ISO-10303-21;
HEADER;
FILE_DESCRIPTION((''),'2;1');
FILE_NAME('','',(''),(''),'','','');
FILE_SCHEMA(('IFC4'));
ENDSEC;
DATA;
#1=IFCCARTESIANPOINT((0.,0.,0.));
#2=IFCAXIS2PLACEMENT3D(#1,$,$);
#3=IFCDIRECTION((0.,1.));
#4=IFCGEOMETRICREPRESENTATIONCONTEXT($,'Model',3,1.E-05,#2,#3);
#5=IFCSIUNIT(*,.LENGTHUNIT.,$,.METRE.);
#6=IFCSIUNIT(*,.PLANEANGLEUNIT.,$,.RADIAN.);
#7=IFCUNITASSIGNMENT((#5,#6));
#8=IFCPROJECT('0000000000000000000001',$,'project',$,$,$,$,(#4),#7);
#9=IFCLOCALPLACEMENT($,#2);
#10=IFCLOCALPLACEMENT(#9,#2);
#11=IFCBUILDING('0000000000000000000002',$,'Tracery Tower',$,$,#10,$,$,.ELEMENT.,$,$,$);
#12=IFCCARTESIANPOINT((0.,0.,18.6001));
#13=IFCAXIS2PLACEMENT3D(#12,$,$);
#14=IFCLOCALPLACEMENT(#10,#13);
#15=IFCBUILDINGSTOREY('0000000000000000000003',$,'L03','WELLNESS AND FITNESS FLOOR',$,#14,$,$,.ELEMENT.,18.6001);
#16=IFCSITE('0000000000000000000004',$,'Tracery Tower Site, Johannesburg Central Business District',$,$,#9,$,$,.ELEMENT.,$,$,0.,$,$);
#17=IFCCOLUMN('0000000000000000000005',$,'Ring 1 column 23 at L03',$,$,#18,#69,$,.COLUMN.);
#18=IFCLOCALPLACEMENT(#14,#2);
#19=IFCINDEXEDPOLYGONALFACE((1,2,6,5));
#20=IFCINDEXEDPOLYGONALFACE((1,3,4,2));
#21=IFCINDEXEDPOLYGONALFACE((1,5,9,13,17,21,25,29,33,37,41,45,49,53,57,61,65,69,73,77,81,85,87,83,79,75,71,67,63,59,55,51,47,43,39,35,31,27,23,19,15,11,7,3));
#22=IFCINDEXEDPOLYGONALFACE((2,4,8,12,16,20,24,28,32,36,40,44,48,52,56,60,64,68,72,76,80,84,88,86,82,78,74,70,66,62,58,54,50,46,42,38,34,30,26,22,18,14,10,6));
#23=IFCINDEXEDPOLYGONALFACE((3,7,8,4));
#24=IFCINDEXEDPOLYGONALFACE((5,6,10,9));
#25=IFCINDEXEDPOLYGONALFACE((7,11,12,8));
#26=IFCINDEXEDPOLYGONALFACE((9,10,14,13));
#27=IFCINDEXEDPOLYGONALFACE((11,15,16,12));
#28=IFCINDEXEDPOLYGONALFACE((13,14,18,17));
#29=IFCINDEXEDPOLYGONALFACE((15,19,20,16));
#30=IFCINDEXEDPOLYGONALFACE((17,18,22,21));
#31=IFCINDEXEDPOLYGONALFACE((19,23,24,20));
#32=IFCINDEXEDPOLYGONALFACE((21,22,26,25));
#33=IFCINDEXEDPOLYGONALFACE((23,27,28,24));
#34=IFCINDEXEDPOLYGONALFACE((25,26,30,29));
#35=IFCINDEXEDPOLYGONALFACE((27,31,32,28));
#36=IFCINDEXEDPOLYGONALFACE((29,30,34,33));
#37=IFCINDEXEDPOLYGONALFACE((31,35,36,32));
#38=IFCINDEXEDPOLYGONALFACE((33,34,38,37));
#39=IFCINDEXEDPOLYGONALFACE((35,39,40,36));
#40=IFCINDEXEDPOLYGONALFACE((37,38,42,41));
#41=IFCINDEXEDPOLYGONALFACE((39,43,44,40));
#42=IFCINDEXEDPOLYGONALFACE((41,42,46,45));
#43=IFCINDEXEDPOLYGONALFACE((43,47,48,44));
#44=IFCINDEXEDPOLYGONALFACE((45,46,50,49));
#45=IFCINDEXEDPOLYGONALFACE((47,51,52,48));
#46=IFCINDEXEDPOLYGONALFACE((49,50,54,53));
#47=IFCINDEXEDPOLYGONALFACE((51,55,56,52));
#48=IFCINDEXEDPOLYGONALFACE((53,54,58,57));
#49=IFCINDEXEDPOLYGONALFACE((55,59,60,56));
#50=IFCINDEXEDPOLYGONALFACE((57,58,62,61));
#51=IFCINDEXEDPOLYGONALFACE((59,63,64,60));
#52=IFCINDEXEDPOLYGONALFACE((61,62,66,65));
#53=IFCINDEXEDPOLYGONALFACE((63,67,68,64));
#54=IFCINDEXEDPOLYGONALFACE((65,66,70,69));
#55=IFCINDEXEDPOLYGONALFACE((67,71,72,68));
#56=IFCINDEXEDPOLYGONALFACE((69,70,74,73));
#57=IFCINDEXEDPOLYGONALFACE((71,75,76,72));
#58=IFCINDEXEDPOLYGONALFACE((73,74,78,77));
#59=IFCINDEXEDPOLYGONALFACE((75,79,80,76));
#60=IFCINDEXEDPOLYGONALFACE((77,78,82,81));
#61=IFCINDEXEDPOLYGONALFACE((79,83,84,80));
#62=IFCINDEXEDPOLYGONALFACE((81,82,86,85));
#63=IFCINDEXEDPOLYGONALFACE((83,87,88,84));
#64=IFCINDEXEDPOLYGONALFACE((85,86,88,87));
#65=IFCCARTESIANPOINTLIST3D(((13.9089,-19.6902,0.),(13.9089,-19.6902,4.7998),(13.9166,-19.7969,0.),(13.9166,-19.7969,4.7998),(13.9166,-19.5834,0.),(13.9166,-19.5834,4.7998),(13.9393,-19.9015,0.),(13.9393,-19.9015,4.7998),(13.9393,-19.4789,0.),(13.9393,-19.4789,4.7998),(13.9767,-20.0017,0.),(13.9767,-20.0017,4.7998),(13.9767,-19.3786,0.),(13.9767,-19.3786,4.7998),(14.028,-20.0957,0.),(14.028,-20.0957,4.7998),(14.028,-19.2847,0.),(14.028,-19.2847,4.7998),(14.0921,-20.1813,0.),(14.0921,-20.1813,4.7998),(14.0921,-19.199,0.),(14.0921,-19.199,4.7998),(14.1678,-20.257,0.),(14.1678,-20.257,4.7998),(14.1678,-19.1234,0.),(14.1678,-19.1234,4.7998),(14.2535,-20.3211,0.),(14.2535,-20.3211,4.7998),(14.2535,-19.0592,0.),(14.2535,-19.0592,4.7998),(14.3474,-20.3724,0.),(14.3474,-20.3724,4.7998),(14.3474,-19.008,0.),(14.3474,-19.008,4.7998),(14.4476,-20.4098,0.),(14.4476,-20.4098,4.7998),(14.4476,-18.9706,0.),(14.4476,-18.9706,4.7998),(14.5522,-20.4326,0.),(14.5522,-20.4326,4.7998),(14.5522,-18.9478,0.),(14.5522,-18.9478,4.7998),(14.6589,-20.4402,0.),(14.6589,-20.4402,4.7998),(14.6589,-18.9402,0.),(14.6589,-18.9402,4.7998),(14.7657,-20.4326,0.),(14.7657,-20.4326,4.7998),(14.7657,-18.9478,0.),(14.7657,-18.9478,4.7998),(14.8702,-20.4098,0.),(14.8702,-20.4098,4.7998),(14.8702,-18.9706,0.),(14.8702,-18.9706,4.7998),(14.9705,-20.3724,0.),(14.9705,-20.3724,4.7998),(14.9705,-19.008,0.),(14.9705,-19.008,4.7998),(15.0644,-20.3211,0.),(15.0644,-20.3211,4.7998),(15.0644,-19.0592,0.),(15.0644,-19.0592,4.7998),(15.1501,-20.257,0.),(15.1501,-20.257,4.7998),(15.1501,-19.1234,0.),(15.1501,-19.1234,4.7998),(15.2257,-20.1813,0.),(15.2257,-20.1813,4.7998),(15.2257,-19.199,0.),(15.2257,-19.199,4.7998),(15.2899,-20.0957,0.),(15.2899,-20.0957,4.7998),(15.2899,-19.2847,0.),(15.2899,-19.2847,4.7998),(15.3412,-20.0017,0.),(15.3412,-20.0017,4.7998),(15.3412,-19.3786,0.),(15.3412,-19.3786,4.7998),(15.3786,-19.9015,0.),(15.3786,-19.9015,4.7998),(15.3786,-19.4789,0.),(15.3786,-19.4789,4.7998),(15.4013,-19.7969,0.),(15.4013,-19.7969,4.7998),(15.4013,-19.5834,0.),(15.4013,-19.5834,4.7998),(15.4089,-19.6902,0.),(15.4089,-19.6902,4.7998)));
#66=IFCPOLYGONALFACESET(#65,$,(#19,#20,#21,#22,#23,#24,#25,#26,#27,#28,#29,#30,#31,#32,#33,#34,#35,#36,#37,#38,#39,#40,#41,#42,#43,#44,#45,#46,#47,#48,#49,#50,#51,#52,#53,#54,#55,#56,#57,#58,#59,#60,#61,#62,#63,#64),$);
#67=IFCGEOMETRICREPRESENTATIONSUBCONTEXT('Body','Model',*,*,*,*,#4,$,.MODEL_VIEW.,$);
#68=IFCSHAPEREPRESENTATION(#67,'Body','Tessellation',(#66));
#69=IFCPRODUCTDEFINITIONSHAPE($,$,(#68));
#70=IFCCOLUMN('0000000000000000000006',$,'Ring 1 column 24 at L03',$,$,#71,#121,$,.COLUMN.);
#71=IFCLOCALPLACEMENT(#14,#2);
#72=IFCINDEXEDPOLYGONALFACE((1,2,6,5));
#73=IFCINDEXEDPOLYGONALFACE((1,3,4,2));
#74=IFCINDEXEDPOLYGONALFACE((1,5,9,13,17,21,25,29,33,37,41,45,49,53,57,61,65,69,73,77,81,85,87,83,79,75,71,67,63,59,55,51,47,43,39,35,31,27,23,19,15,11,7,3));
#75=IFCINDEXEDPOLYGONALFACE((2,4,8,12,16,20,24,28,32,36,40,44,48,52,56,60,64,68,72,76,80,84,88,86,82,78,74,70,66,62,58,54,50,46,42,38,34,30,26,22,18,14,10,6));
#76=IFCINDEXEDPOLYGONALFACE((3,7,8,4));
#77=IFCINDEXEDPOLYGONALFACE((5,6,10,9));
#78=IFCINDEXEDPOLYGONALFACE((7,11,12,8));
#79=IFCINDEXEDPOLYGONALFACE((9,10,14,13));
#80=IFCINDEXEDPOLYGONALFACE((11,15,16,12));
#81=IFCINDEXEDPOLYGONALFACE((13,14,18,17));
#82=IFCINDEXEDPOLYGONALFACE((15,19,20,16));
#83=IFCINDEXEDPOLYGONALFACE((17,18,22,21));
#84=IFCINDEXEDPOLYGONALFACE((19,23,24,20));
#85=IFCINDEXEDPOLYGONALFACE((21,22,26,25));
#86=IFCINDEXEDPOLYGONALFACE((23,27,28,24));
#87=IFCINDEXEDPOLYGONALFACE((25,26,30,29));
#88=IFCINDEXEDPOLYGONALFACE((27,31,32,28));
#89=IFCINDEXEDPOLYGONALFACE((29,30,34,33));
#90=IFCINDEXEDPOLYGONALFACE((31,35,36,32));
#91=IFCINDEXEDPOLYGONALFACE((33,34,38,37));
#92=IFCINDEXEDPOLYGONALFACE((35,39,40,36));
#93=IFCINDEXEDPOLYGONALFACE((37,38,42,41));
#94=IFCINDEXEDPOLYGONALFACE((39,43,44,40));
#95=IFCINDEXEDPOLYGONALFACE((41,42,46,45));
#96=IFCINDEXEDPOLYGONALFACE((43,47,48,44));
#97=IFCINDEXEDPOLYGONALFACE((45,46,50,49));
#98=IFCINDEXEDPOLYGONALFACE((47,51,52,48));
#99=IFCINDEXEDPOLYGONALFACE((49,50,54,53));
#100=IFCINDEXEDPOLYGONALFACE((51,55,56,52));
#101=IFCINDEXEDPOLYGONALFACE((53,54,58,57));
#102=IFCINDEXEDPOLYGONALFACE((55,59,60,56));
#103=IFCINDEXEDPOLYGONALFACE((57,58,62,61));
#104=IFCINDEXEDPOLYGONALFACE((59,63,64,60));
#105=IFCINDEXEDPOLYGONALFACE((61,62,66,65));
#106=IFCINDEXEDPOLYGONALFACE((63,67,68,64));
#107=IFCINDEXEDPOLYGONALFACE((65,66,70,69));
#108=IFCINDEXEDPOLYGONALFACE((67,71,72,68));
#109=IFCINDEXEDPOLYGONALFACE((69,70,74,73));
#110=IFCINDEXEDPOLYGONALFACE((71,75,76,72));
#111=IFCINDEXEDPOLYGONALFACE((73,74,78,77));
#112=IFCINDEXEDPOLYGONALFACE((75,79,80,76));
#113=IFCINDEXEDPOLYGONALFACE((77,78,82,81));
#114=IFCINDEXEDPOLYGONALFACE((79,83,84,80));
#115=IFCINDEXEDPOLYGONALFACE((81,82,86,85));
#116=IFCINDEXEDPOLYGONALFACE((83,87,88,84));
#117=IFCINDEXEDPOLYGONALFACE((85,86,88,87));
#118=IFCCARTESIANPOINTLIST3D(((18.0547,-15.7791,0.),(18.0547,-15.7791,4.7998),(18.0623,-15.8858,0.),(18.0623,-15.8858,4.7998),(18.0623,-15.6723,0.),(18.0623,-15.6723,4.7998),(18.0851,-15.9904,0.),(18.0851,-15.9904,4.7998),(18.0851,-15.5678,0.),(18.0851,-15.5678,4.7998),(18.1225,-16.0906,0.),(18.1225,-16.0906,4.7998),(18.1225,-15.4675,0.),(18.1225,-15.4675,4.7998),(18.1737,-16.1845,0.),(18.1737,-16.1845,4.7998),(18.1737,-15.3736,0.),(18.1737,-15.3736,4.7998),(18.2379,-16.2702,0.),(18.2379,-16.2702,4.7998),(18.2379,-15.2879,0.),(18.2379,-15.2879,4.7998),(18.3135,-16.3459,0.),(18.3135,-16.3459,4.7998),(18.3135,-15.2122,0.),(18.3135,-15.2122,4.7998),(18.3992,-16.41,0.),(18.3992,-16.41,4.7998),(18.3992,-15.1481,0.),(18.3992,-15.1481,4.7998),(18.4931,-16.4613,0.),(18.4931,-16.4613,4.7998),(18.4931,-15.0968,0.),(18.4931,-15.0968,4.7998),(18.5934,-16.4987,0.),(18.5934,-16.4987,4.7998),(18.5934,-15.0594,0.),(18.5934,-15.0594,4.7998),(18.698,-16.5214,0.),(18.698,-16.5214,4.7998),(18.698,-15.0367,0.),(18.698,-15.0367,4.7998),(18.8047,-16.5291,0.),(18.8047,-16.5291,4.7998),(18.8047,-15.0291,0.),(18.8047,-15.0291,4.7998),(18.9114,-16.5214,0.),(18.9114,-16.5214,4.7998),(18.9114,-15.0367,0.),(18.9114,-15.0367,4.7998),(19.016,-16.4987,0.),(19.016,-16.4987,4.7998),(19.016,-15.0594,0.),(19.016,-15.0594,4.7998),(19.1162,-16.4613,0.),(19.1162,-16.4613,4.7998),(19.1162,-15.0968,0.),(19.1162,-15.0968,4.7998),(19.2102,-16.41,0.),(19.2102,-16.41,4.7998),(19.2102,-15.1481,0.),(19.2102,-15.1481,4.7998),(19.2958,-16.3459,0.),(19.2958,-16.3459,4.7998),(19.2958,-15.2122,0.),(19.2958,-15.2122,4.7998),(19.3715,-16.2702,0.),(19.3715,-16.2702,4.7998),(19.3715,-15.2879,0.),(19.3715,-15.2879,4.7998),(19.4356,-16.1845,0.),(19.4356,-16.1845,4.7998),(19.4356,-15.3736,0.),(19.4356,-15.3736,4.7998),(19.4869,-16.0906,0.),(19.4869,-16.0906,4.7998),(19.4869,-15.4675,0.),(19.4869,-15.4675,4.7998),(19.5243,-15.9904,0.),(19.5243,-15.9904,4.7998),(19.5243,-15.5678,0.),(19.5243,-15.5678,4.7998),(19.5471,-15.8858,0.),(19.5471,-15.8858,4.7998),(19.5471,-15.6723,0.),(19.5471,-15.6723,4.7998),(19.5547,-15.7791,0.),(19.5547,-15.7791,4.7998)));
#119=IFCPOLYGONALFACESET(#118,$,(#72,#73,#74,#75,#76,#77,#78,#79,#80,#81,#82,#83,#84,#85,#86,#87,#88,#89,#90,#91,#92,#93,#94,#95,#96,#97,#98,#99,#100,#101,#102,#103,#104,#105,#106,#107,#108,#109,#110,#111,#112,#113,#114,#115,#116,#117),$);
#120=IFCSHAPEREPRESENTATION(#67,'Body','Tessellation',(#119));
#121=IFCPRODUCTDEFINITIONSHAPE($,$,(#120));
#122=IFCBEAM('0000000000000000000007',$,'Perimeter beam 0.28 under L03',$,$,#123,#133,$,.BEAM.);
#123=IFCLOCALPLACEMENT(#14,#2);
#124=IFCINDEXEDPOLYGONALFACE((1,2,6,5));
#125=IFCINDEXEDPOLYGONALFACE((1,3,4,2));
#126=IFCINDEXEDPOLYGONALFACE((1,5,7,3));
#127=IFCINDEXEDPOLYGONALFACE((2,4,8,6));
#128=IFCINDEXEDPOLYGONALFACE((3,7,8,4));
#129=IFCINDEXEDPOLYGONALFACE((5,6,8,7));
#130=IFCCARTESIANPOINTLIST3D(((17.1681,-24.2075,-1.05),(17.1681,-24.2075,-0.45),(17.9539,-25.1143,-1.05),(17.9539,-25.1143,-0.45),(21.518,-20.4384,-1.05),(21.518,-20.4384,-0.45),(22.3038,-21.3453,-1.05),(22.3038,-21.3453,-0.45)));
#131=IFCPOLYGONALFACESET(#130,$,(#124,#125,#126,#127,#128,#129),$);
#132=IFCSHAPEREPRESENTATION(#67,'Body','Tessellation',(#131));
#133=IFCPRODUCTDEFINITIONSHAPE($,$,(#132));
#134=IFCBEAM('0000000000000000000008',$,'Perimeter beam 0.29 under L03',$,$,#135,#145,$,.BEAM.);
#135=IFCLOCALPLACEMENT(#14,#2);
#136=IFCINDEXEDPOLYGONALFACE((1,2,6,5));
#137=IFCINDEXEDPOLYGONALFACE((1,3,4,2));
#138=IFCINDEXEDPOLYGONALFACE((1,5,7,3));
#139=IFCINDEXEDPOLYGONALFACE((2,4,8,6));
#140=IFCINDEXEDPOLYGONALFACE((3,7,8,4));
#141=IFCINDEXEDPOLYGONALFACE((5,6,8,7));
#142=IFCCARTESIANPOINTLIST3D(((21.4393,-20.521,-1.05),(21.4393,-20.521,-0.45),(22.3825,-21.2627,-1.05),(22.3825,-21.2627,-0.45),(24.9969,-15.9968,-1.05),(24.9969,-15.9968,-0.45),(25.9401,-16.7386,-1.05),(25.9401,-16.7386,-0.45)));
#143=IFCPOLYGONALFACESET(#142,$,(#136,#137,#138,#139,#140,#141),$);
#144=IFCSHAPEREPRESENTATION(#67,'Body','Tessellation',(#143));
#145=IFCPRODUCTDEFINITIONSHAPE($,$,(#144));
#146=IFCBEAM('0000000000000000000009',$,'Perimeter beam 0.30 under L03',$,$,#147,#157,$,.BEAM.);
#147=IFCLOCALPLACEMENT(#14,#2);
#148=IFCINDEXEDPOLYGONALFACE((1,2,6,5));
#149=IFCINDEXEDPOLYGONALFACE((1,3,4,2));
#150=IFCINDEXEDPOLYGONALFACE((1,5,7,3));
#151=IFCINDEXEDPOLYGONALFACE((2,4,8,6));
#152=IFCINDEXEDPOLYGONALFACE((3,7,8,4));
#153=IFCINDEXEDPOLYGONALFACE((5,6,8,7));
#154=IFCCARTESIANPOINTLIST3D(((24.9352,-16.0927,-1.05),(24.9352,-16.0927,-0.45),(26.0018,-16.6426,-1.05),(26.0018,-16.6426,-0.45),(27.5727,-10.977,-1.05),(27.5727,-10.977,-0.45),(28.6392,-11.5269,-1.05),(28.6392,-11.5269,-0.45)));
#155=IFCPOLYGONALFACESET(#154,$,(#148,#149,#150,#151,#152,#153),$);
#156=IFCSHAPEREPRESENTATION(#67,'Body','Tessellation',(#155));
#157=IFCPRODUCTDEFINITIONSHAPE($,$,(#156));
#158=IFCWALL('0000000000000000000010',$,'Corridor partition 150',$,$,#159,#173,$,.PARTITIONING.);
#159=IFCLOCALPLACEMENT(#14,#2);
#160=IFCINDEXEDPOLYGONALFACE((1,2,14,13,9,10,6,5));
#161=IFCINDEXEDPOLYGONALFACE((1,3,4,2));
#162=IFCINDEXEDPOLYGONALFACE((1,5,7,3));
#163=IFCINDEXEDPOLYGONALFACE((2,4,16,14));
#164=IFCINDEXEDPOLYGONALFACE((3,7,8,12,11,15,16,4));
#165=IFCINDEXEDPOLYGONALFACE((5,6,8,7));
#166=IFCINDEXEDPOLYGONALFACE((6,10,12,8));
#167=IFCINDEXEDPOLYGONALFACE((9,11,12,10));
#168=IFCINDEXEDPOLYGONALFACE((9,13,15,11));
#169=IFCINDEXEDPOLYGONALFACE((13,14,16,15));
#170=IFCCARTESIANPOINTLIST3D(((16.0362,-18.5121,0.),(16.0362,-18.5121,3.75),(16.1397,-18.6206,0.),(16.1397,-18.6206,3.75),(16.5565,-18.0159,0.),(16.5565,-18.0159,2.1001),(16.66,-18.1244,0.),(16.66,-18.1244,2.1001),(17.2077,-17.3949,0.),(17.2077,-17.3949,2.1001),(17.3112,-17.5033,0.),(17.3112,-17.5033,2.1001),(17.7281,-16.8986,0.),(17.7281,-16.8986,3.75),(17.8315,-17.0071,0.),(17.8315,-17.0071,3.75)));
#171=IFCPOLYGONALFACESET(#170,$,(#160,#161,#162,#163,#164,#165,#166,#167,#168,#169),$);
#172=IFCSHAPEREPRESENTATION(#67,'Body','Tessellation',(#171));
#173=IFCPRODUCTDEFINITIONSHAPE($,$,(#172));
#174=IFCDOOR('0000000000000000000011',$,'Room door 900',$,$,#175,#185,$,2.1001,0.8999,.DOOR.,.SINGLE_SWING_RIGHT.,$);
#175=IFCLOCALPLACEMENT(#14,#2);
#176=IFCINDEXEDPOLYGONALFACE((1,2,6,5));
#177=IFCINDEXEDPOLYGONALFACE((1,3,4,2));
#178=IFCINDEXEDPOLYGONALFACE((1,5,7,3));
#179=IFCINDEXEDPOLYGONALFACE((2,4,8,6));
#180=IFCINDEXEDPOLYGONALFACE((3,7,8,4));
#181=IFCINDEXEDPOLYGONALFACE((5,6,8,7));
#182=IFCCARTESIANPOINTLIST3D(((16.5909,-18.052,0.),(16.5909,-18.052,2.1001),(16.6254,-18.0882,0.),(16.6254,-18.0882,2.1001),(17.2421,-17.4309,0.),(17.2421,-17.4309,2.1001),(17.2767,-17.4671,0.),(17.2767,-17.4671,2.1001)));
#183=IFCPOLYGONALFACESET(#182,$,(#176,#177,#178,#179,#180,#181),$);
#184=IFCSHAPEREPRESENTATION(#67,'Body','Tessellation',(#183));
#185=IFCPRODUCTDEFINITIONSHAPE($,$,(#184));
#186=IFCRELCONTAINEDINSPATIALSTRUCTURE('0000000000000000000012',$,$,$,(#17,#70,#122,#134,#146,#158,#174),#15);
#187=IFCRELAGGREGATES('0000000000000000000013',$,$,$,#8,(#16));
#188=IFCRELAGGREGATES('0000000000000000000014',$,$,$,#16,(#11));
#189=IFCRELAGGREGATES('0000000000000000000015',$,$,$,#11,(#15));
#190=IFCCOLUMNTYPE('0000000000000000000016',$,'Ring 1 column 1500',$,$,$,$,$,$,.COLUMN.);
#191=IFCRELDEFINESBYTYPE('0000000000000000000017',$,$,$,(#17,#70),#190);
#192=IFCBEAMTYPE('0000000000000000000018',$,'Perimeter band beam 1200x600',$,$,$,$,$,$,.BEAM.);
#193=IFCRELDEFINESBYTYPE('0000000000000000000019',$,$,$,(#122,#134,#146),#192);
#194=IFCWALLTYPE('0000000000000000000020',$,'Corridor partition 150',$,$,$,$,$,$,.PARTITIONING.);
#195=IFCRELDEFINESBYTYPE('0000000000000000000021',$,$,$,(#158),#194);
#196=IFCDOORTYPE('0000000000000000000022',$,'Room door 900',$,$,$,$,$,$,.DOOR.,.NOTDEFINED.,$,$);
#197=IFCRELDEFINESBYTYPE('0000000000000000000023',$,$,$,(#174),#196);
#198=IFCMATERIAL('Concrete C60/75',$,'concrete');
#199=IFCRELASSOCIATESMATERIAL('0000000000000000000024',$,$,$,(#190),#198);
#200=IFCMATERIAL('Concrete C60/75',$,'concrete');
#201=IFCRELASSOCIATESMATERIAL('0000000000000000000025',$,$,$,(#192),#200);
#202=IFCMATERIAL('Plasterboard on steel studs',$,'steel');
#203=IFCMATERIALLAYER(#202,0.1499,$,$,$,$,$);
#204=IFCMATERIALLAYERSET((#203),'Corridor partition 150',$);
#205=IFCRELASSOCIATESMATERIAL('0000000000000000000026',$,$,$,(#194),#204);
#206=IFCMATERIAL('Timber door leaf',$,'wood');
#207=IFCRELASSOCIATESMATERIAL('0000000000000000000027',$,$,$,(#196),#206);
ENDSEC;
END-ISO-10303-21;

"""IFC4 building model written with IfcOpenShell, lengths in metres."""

from ifc_helpers import new_model, si_unit, direction, frame, frame_2d, origin, origin_2d, place, context, subcontext, project, spatial, rectangle, circle, extrude, material, layer, layer_set, material_profile, profile_set, type_object, element, fill, save


model = new_model("IFC4")

# Units and contexts
model_context = context("Model", 3, precision=1e-05, world=origin(), true_north=direction((0.0, 1.0)))
body_context = subcontext(model_context, "Body", "Model", "MODEL_VIEW")
ifc_project = project(units=[si_unit("LENGTHUNIT", "METRE"), si_unit("PLANEANGLEUNIT", "RADIAN")], contexts=[model_context])

# Site, building, storey
site_placement = place(None, origin())
site = spatial("IfcSite", under=ifc_project, at=site_placement, Name="Tracery Tower Site, Johannesburg Central Business District", CompositionType="ELEMENT", RefElevation=0.0)
building_placement = place(site_placement, origin())
building = spatial("IfcBuilding", under=site, at=building_placement, Name="Tracery Tower", CompositionType="ELEMENT")
storey_placement = place(building_placement, frame((0.0, 0.0, 18.6001)))
storey = spatial("IfcBuildingStorey", under=building, at=storey_placement, Name="L03", Description="WELLNESS AND FITNESS FLOOR", CompositionType="ELEMENT", Elevation=18.6001)

# Columns
ifc_material_1 = material(Name="Concrete C60/75", Category="concrete")
ifc_material_profile_1 = material_profile(ifc_material_1, circle(Radius=0.75, at=origin_2d()), Name="RC D1500")
ifc_profile_set_1 = profile_set([ifc_material_profile_1], Name="Concrete C60/75")
column_type_1 = type_object("IfcColumnType", Name="Ring 1 column 1500", PredefinedType="COLUMN", material=ifc_profile_set_1)
for number, where, z_axis, x_axis, name in (
    (1, (14.6589, -19.6902, 0.0), (0.0, 0.0, 1.0), (1.0, 0.0, 0.0), "Ring 1 column 23 at L03"),
    (2, (18.8047, -15.7791, 0.0), (0.0, 0.0, 1.0), (1.0, 0.0, 0.0), "Ring 1 column 24 at L03"),
):
    element("IfcColumn", number, at=place(storey_placement, frame(where, z_axis=z_axis, x_axis=x_axis)), inside=storey, type_object=column_type_1, Name=name, PredefinedType="COLUMN", context=body_context, shape_type="SweptSolid", body=[
        extrude(circle(Radius=0.75, at=origin_2d()), origin(), (0.0, 0.0, 1.0), 4.7998),
    ])

# Beams
ifc_material_2 = material(Name="Concrete C60/75", Category="concrete")
ifc_material_profile_2 = material_profile(ifc_material_2, rectangle(XDim=1.2, YDim=0.6001, at=origin_2d()), Name="RC 1200x600")
ifc_profile_set_2 = profile_set([ifc_material_profile_2], Name="Concrete C60/75")
beam_type = type_object("IfcBeamType", Name="Perimeter band beam 1200x600", PredefinedType="BEAM", material=ifc_profile_set_2)
beam_1_placement = place(storey_placement, frame((17.561, -24.6609, -0.75), z_axis=(0.75576, 0.654848, 0.0), x_axis=(-0.654848, 0.75576, 0.0)))
element("IfcBeam", 3, at=beam_1_placement, inside=storey, type_object=beam_type, Name="Perimeter beam 0.28 under L03", PredefinedType="BEAM", context=body_context, shape_type="SweptSolid", body=[
    extrude(rectangle(XDim=1.2, YDim=0.6001, at=origin_2d()), origin(), (0.0, 0.0, 1.0), 5.7556),
])
beam_2_placement = place(storey_placement, frame((21.9109, -20.8918, -0.75), z_axis=(0.618134, 0.786072, 0.0), x_axis=(-0.786072, 0.618134, 0.0)))
element("IfcBeam", 4, at=beam_2_placement, inside=storey, type_object=beam_type, Name="Perimeter beam 0.29 under L03", PredefinedType="BEAM", context=body_context, shape_type="SweptSolid", body=[
    extrude(rectangle(XDim=1.2, YDim=0.6001, at=origin_2d()), origin(), (0.0, 0.0, 1.0), 5.7554),
])
beam_3_placement = place(storey_placement, frame((25.4685, -16.3677, -0.75), z_axis=(0.458242, 0.888827, 0.0), x_axis=(-0.888827, 0.458242, 0.0)))
element("IfcBeam", 5, at=beam_3_placement, inside=storey, type_object=beam_type, Name="Perimeter beam 0.30 under L03", PredefinedType="BEAM", context=body_context, shape_type="SweptSolid", body=[
    extrude(rectangle(XDim=1.2, YDim=0.6001, at=origin_2d()), origin(), (0.0, 0.0, 1.0), 5.7556),
])

# Wall, opening, door
ifc_material_3 = material(Name="Plasterboard on steel studs", Category="steel")
ifc_layer_1 = layer(ifc_material_3, 0.1499)
ifc_layer_set_1 = layer_set([ifc_layer_1], Name="Corridor partition 150")
wall_type_1 = type_object("IfcWallType", Name="Corridor partition 150", PredefinedType="PARTITIONING", material=ifc_layer_set_1)
wall_1_placement = place(storey_placement, frame((17.7798, -16.9529, 0.0), z_axis=(0.0, 0.0, 1.0), x_axis=(-0.723668, -0.690148, 0.0)))
wall_1 = element("IfcWall", 6, at=wall_1_placement, inside=storey, type_object=wall_type_1, Name="Corridor partition 150", PredefinedType="PARTITIONING", context=body_context, shape_type="SweptSolid", body=[
    extrude(rectangle(XDim=2.3379, YDim=0.1499, at=frame_2d((1.1689, 0.0))), origin(), (0.0, 0.0, 1.0), 3.75),
])
opening_1_placement = place(wall_1_placement, frame((0.719, 0.0, 0.0)))
opening_1 = element("IfcOpeningElement", 7, at=opening_1_placement, cuts=wall_1, PredefinedType="OPENING", context=body_context, shape_type="SweptSolid", body=[
    extrude(rectangle(XDim=0.8999, YDim=2.1001, at=frame_2d((0.45, 1.05))), frame((0.0, 0.075, 0.0), z_axis=(0.0, -1.0, 0.0), x_axis=(1.0, 0.0, 0.0)), (0.0, 0.0, 1.0), 0.1499),
])
ifc_material_4 = material(Name="Timber door leaf", Category="wood")
door_type_1 = type_object("IfcDoorType", Name="Room door 900", OperationType="NOTDEFINED", PredefinedType="DOOR", material=ifc_material_4)
door_1_placement = place(opening_1_placement, origin())
door_1 = element("IfcDoor", 8, at=door_1_placement, inside=storey, type_object=door_type_1, Name="Room door 900", OperationType="SINGLE_SWING_RIGHT", OverallHeight=2.1001, OverallWidth=0.8999, PredefinedType="DOOR", context=body_context, shape_type="SweptSolid", body=[
    extrude(rectangle(XDim=0.8999, YDim=2.1001, at=frame_2d((0.45, 1.05))), frame((0.0, 0.0249, 0.0), z_axis=(0.0, -1.0, 0.0), x_axis=(1.0, 0.0, 0.0)), (0.0, 0.0, 1.0), 0.05),
])
fill(opening_1, door_1)

save(model, "model.ifc")
